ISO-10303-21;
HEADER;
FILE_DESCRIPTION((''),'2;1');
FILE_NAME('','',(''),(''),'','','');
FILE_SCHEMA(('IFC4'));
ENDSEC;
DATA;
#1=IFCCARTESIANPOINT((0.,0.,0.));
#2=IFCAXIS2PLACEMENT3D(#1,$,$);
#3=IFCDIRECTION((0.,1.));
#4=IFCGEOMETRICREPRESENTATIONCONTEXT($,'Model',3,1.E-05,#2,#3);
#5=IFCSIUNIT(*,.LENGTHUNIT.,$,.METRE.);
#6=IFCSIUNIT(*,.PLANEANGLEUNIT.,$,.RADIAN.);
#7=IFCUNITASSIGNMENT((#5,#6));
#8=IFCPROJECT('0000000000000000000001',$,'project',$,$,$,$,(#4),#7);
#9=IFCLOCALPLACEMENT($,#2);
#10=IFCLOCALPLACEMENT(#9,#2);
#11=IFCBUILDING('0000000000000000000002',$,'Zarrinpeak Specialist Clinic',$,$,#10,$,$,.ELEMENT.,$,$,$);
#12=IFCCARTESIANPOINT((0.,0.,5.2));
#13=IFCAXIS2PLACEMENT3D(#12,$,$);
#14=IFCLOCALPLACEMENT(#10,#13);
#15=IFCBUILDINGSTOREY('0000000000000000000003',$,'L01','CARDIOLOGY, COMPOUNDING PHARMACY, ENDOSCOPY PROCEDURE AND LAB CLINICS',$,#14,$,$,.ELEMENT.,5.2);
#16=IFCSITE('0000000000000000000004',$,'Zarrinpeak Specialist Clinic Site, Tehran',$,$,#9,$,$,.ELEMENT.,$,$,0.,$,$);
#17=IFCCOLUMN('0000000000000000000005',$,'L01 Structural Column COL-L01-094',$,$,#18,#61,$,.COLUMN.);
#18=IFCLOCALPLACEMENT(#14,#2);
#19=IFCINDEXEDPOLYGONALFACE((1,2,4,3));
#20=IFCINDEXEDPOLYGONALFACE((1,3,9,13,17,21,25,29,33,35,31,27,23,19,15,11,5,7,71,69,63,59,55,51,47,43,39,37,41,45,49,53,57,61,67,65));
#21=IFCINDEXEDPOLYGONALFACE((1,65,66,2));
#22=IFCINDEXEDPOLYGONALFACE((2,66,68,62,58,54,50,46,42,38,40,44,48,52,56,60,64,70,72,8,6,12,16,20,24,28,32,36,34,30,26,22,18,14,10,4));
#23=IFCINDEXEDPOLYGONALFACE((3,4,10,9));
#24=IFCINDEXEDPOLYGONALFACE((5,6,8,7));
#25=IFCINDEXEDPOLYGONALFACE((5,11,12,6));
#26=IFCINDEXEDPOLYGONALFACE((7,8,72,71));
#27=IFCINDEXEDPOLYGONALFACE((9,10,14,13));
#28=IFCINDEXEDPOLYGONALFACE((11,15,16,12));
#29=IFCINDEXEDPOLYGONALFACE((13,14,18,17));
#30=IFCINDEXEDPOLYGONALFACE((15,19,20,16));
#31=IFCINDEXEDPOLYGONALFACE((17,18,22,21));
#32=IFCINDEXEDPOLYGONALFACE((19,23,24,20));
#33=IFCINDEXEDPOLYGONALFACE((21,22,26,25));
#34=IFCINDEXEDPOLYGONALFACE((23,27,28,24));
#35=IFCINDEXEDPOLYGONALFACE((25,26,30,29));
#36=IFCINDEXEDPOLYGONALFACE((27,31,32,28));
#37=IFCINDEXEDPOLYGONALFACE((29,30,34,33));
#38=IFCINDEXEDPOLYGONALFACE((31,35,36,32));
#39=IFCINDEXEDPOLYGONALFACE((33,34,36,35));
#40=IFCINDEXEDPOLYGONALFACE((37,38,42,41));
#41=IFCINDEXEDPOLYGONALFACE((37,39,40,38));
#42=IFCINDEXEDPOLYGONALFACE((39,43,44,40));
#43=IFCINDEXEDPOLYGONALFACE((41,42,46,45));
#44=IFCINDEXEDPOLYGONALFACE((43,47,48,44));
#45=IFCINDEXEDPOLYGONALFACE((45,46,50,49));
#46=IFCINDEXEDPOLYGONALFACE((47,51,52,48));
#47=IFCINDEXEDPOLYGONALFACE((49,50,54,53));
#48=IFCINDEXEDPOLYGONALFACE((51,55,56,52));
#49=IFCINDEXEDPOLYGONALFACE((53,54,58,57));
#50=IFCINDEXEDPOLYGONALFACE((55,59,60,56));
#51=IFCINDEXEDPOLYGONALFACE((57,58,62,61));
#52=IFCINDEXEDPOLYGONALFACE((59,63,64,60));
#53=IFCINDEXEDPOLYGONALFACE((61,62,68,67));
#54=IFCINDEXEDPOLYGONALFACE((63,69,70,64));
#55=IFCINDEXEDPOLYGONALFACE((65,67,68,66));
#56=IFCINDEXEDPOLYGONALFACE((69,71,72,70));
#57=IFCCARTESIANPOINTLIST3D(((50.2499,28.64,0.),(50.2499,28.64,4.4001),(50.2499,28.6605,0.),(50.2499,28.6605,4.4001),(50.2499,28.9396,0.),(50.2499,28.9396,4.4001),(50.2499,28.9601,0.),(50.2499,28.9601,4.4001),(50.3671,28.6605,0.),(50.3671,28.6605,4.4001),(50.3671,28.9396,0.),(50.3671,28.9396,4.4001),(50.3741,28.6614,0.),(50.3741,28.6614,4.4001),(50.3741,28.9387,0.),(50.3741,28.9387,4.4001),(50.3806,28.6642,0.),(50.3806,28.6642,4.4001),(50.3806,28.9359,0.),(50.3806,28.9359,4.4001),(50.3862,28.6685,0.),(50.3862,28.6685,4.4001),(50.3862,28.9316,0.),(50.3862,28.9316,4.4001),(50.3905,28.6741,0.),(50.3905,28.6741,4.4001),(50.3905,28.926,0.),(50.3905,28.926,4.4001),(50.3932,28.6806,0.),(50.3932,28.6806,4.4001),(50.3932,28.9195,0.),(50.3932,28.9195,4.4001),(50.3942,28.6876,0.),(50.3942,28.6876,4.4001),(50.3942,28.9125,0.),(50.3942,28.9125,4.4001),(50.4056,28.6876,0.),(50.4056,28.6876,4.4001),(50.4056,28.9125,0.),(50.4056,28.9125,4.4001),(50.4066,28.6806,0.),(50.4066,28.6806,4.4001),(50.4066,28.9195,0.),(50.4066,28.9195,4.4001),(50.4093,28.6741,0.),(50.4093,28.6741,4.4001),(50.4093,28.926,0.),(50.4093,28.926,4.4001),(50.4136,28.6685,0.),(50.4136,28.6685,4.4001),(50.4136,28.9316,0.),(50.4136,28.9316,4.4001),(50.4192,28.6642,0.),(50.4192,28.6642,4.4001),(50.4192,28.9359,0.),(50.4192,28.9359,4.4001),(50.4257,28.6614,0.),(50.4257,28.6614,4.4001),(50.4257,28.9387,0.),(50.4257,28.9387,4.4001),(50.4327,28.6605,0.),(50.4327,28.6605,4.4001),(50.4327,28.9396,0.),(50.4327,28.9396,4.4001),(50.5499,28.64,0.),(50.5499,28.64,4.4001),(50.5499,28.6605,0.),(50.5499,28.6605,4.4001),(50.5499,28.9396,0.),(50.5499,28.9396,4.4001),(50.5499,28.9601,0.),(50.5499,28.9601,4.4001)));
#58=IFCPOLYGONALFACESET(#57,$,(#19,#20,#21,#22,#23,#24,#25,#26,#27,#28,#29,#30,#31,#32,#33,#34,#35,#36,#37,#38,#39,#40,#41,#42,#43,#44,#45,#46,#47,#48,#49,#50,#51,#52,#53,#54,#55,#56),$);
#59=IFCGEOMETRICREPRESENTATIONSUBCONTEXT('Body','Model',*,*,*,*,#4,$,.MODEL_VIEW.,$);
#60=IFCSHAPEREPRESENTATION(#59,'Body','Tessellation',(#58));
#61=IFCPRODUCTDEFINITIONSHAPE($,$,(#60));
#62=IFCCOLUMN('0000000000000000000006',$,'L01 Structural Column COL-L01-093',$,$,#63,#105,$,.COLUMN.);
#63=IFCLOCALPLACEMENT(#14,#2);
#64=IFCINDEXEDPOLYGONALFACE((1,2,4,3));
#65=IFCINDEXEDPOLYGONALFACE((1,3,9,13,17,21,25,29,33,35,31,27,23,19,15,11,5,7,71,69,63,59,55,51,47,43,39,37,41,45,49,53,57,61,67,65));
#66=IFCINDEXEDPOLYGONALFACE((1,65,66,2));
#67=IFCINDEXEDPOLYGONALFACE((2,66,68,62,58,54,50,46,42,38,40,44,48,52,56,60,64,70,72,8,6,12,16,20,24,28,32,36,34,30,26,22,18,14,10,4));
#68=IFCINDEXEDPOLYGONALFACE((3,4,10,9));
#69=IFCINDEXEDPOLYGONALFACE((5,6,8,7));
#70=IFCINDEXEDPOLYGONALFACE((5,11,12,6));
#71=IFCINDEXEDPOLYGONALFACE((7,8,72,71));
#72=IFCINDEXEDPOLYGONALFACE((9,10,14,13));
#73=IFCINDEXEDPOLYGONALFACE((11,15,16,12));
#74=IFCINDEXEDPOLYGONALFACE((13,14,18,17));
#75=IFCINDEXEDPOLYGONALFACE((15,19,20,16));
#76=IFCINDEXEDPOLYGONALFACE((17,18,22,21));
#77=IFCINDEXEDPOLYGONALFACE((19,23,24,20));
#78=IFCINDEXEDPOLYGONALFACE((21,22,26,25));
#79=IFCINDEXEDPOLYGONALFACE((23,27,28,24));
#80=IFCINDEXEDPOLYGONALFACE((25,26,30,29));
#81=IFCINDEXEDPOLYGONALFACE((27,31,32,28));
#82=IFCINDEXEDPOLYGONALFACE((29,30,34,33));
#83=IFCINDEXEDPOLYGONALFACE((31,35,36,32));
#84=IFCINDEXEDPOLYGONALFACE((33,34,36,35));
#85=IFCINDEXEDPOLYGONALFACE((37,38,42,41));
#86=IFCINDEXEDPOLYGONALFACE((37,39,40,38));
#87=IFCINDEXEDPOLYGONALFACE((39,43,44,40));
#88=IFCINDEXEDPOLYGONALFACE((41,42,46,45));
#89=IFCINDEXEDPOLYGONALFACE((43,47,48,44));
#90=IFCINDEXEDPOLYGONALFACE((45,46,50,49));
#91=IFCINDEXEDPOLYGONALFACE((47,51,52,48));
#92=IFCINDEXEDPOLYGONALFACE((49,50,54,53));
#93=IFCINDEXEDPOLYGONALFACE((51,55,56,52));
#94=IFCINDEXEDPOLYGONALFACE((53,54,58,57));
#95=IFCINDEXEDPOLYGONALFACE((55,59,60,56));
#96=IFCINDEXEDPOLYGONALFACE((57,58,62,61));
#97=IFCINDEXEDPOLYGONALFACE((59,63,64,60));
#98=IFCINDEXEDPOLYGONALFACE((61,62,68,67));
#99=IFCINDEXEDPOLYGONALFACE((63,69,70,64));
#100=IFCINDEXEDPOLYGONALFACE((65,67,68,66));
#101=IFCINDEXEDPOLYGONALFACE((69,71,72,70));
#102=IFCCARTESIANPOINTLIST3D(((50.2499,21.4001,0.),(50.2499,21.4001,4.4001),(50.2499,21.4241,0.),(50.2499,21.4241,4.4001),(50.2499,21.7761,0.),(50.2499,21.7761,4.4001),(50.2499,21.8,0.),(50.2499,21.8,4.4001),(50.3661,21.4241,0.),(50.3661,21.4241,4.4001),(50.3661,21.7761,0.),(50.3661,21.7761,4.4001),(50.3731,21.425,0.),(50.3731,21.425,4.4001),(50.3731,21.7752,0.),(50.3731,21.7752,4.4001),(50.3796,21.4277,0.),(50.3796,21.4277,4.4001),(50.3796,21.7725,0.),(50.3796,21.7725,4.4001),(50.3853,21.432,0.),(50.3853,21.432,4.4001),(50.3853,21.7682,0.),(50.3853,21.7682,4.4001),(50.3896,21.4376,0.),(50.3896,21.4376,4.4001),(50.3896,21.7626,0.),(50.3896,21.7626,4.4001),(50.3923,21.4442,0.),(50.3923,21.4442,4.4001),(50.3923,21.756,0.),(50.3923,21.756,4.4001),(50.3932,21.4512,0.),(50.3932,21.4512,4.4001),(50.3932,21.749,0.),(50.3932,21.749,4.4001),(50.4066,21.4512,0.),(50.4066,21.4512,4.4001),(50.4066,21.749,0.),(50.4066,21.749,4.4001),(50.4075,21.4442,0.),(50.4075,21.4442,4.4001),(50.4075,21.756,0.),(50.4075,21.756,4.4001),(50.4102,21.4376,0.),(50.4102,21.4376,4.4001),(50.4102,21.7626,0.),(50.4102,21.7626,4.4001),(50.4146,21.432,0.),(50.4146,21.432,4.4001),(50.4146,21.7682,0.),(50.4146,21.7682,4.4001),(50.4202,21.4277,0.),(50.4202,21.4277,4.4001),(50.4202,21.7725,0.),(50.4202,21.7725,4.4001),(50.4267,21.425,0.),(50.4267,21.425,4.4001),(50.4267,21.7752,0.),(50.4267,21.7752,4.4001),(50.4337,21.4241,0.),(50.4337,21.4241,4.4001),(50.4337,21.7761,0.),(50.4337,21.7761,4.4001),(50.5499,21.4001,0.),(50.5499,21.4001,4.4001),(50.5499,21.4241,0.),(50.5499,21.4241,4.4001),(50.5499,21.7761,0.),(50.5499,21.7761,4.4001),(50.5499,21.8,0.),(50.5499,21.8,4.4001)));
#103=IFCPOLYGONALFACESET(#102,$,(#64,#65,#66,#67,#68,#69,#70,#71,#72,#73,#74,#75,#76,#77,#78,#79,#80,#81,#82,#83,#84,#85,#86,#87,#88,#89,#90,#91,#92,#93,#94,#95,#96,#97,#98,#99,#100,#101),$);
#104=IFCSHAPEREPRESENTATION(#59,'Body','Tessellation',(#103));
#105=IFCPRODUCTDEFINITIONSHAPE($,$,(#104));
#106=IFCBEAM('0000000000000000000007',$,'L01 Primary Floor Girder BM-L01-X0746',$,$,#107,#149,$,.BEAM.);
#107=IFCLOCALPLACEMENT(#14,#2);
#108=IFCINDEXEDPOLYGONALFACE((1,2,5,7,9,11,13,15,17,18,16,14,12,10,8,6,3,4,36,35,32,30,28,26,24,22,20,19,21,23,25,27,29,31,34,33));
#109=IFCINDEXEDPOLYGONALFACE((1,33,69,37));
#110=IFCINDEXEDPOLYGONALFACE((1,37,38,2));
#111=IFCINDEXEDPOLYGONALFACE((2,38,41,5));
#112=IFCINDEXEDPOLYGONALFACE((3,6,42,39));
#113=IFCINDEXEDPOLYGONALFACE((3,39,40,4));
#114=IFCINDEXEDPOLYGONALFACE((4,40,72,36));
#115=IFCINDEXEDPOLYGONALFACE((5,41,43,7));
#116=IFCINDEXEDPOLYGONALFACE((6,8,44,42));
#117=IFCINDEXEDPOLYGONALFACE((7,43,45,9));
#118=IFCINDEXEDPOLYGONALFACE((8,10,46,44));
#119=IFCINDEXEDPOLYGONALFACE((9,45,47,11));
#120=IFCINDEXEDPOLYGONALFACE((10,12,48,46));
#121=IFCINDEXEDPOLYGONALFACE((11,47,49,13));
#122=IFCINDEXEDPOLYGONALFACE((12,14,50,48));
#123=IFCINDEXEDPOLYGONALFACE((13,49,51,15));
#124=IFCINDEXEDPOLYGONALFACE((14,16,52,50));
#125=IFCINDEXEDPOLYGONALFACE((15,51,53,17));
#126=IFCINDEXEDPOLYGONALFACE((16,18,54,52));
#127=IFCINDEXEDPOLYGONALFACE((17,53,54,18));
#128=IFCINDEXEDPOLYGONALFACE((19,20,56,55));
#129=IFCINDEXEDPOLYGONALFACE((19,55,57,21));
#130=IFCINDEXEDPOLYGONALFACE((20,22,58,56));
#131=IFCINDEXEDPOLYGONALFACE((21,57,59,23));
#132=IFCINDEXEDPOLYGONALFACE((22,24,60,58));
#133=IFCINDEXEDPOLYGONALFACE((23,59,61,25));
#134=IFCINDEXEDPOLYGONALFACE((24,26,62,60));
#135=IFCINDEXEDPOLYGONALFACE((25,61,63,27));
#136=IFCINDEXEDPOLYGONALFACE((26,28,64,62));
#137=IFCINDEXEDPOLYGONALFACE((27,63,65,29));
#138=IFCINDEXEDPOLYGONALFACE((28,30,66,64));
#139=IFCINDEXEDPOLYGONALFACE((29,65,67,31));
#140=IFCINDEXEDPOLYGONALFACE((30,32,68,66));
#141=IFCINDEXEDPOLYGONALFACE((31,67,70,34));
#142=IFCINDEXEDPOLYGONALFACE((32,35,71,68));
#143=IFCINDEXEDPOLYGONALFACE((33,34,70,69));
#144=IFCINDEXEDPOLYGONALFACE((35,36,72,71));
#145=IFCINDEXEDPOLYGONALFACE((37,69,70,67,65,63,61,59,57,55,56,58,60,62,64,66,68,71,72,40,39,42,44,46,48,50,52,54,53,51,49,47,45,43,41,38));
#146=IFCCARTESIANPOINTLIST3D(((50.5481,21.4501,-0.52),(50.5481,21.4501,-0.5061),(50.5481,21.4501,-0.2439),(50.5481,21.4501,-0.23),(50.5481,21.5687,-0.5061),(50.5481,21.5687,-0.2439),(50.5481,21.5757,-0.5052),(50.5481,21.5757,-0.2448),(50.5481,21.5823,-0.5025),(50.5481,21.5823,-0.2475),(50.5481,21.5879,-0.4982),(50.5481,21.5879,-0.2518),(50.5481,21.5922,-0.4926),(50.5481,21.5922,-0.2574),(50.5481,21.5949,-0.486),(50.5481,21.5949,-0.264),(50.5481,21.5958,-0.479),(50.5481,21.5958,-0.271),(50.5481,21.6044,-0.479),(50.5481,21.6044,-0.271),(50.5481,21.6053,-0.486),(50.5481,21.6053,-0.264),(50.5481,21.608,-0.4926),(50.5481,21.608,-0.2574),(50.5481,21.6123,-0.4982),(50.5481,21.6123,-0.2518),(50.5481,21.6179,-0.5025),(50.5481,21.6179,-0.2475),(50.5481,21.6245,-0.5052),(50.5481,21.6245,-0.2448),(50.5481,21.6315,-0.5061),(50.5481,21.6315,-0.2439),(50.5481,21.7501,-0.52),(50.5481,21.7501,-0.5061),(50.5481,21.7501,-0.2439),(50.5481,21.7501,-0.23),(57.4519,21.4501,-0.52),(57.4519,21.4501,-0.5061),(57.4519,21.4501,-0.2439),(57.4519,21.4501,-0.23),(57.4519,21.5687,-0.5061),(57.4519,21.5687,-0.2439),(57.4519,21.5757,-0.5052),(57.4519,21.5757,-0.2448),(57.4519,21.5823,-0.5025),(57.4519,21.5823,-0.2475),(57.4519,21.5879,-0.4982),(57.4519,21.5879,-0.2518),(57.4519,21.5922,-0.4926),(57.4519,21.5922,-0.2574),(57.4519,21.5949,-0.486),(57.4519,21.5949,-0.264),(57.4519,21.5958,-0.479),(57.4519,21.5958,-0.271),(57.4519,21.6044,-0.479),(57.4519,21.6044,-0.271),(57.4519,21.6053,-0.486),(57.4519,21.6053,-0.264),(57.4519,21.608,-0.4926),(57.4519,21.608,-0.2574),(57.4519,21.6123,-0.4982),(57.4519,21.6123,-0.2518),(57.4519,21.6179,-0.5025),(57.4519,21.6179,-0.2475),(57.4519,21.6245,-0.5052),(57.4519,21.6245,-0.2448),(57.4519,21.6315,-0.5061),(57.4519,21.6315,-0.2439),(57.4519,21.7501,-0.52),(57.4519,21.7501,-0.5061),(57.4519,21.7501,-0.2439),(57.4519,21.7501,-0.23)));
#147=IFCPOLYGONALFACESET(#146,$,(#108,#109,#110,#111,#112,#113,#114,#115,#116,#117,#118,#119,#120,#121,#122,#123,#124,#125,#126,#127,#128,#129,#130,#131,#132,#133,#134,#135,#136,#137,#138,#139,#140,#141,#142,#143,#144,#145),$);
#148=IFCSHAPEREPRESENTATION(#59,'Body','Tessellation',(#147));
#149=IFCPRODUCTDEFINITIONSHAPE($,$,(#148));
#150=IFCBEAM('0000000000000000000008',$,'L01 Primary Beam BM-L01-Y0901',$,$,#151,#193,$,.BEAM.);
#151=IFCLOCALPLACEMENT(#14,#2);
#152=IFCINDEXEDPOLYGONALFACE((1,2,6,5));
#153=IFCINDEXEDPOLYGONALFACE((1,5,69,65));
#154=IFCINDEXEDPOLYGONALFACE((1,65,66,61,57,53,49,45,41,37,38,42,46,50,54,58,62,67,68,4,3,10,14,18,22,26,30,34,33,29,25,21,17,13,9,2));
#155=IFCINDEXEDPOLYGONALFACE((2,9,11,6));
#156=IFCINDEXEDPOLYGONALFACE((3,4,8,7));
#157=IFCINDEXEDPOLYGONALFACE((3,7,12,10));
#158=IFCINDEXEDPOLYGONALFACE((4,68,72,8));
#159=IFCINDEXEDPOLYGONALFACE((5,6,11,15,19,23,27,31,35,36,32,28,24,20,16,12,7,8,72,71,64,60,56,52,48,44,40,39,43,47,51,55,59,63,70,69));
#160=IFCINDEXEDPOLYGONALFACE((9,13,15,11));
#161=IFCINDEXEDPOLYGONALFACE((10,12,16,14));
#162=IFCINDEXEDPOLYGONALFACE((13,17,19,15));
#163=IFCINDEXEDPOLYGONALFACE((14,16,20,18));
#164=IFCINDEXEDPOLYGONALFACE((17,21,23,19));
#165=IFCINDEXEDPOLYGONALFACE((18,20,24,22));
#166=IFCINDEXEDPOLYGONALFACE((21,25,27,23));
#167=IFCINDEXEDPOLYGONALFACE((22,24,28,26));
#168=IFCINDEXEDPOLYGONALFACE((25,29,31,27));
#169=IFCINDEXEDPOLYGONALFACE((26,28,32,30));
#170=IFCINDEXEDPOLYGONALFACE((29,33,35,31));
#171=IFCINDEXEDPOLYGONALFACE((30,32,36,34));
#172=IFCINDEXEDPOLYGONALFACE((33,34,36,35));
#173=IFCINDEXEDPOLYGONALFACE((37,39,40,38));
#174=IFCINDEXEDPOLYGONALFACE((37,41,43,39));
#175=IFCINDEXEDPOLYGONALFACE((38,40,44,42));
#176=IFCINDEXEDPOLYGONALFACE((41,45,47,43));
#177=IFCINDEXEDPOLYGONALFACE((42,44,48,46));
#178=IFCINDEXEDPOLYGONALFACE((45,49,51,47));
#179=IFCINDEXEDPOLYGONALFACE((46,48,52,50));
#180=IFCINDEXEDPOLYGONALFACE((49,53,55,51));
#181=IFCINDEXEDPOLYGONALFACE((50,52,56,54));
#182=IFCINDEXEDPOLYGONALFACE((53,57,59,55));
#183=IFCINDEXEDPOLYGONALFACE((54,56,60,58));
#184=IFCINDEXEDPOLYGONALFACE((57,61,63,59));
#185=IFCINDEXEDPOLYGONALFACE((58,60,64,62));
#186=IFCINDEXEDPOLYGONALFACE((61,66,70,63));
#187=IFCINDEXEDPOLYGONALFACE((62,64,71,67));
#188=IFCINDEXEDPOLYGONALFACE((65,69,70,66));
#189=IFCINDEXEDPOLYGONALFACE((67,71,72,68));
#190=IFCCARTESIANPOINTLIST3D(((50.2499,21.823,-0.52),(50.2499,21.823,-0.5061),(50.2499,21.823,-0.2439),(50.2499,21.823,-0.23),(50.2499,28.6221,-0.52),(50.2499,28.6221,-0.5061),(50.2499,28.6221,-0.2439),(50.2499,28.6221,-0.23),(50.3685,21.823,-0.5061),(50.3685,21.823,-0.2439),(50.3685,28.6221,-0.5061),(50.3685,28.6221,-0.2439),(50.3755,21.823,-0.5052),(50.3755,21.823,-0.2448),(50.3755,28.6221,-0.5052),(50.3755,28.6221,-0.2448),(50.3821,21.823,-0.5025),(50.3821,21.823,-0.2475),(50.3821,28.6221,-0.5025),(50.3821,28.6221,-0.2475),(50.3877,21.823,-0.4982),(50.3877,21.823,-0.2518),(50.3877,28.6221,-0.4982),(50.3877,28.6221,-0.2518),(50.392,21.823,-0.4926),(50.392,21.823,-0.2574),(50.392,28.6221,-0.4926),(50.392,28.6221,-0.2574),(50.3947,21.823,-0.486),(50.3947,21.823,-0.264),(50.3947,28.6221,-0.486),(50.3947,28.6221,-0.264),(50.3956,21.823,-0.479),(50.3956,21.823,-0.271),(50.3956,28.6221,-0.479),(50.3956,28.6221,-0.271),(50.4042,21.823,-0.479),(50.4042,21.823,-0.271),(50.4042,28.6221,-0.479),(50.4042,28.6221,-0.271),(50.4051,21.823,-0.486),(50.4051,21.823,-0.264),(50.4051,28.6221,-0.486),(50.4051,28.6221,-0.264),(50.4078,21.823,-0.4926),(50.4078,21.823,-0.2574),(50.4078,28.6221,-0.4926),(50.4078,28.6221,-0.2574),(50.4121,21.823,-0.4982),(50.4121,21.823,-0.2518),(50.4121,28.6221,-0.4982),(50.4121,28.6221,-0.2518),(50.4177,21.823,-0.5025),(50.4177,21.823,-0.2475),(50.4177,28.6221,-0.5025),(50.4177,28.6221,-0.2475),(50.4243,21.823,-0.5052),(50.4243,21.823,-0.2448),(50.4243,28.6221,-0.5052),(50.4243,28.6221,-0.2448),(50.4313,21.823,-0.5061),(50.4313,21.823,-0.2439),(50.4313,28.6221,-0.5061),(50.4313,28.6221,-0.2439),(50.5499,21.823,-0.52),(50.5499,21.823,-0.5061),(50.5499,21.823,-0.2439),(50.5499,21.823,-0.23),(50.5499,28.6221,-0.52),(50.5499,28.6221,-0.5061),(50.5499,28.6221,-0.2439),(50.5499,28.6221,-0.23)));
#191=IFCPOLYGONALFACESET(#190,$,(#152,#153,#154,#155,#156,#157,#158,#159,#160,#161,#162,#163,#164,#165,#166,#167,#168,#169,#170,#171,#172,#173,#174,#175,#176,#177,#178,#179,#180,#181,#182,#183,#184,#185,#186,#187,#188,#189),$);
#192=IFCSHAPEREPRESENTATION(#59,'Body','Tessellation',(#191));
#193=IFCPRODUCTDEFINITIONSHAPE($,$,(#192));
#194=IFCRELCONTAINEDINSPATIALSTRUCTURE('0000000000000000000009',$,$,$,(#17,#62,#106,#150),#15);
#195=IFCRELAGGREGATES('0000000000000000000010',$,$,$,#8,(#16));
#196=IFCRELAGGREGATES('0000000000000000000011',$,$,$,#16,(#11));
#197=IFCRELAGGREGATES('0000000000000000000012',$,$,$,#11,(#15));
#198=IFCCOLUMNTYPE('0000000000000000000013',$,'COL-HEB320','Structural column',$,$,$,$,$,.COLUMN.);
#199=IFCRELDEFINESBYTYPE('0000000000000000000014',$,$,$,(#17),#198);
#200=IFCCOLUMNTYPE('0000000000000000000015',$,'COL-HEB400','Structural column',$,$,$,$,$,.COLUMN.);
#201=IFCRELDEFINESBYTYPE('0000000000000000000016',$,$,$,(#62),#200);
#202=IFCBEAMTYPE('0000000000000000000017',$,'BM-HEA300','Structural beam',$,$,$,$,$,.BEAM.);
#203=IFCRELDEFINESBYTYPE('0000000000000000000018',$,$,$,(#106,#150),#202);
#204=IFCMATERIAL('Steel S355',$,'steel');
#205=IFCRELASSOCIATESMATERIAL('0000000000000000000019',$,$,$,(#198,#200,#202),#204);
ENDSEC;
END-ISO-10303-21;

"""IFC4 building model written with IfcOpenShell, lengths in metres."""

from ifc_helpers import new_model, si_unit, direction, frame, origin, origin_2d, place, context, subcontext, project, spatial, i_section, extrude, material, material_profile, profile_set, type_object, element, save


model = new_model("IFC4")

# Units and contexts
model_context = context("Model", 3, precision=1e-05, world=origin(), true_north=direction((0.0, 1.0)))
body_context = subcontext(model_context, "Body", "Model", "MODEL_VIEW")
ifc_project = project(units=[si_unit("LENGTHUNIT", "METRE"), si_unit("PLANEANGLEUNIT", "RADIAN")], contexts=[model_context])

# Site, building, storey
site_placement = place(None, origin())
site = spatial("IfcSite", under=ifc_project, at=site_placement, Name="Zarrinpeak Specialist Clinic Site, Tehran", CompositionType="ELEMENT", RefElevation=0.0)
building_placement = place(site_placement, origin())
building = spatial("IfcBuilding", under=site, at=building_placement, Name="Zarrinpeak Specialist Clinic", CompositionType="ELEMENT")
storey_placement = place(building_placement, frame((0.0, 0.0, 5.2)))
storey = spatial("IfcBuildingStorey", under=building, at=storey_placement, Name="L01", Description="CARDIOLOGY, COMPOUNDING PHARMACY, ENDOSCOPY PROCEDURE AND LAB CLINICS", CompositionType="ELEMENT", Elevation=5.2)

# Columns
ifc_material_1 = material(Name="Steel S355", Category="steel")
ifc_material_profile_1 = material_profile(ifc_material_1, i_section(OverallWidth=0.3, OverallDepth=0.3201, WebThickness=0.0115, FlangeThickness=0.0205, FilletRadius=0.0271, at=origin_2d()), Name="HEB 320")
ifc_profile_set_1 = profile_set([ifc_material_profile_1], Name="Steel S355")
column_type_1 = type_object("IfcColumnType", Name="COL-HEB320", Description="Structural column", PredefinedType="COLUMN", material=ifc_profile_set_1)
column_1_placement = place(storey_placement, frame((50.3999, 28.8, 0.0), z_axis=(0.0, 0.0, 1.0), x_axis=(1.0, 0.0, 0.0)))
element("IfcColumn", 1, at=column_1_placement, inside=storey, type_object=column_type_1, Name="L01 Structural Column COL-L01-094", PredefinedType="COLUMN", context=body_context, shape_type="SweptSolid", body=[
    extrude(i_section(OverallWidth=0.3, OverallDepth=0.3201, WebThickness=0.0115, FlangeThickness=0.0205, FilletRadius=0.0271, at=origin_2d()), origin(), (0.0, 0.0, 1.0), 4.4001),
])
ifc_material_profile_2 = material_profile(ifc_material_1, i_section(OverallWidth=0.3, OverallDepth=0.3999, WebThickness=0.0134, FlangeThickness=0.0239, FilletRadius=0.0271, at=origin_2d()), Name="HEB 400")
ifc_profile_set_2 = profile_set([ifc_material_profile_2], Name="Steel S355")
column_type_2 = type_object("IfcColumnType", Name="COL-HEB400", Description="Structural column", PredefinedType="COLUMN", material=ifc_profile_set_2)
column_2_placement = place(storey_placement, frame((50.3999, 21.6001, 0.0), z_axis=(0.0, 0.0, 1.0), x_axis=(1.0, 0.0, 0.0)))
element("IfcColumn", 2, at=column_2_placement, inside=storey, type_object=column_type_2, Name="L01 Structural Column COL-L01-093", PredefinedType="COLUMN", context=body_context, shape_type="SweptSolid", body=[
    extrude(i_section(OverallWidth=0.3, OverallDepth=0.3999, WebThickness=0.0134, FlangeThickness=0.0239, FilletRadius=0.0271, at=origin_2d()), origin(), (0.0, 0.0, 1.0), 4.4001),
])

# Beams
ifc_material_profile_3 = material_profile(ifc_material_1, i_section(OverallWidth=0.3, OverallDepth=0.29, WebThickness=0.0085, FlangeThickness=0.0139, FilletRadius=0.0271, at=origin_2d()), Name="HEA 300")
ifc_profile_set_3 = profile_set([ifc_material_profile_3], Name="Steel S355")
beam_type_1 = type_object("IfcBeamType", Name="BM-HEA300", Description="Structural beam", PredefinedType="BEAM", material=ifc_profile_set_3)
beam_1_placement = place(storey_placement, frame((50.5481, 21.6001, -0.375), z_axis=(1.0, 0.0, 0.0), x_axis=(0.0, 1.0, 0.0)))
element("IfcBeam", 3, at=beam_1_placement, inside=storey, type_object=beam_type_1, Name="L01 Primary Floor Girder BM-L01-X0746", PredefinedType="BEAM", context=body_context, shape_type="SweptSolid", body=[
    extrude(i_section(OverallWidth=0.3, OverallDepth=0.29, WebThickness=0.0085, FlangeThickness=0.0139, FilletRadius=0.0271, at=origin_2d()), origin(), (0.0, 0.0, 1.0), 6.9038),
])
beam_2_placement = place(storey_placement, frame((50.3999, 21.823, -0.375), z_axis=(0.0, 1.0, 0.0), x_axis=(-1.0, 0.0, 0.0)))
element("IfcBeam", 4, at=beam_2_placement, inside=storey, type_object=beam_type_1, Name="L01 Primary Beam BM-L01-Y0901", PredefinedType="BEAM", context=body_context, shape_type="SweptSolid", body=[
    extrude(i_section(OverallWidth=0.3, OverallDepth=0.29, WebThickness=0.0085, FlangeThickness=0.0139, FilletRadius=0.0271, at=origin_2d()), origin(), (0.0, 0.0, 1.0), 6.7991),
])

save(model, "model.ifc")
